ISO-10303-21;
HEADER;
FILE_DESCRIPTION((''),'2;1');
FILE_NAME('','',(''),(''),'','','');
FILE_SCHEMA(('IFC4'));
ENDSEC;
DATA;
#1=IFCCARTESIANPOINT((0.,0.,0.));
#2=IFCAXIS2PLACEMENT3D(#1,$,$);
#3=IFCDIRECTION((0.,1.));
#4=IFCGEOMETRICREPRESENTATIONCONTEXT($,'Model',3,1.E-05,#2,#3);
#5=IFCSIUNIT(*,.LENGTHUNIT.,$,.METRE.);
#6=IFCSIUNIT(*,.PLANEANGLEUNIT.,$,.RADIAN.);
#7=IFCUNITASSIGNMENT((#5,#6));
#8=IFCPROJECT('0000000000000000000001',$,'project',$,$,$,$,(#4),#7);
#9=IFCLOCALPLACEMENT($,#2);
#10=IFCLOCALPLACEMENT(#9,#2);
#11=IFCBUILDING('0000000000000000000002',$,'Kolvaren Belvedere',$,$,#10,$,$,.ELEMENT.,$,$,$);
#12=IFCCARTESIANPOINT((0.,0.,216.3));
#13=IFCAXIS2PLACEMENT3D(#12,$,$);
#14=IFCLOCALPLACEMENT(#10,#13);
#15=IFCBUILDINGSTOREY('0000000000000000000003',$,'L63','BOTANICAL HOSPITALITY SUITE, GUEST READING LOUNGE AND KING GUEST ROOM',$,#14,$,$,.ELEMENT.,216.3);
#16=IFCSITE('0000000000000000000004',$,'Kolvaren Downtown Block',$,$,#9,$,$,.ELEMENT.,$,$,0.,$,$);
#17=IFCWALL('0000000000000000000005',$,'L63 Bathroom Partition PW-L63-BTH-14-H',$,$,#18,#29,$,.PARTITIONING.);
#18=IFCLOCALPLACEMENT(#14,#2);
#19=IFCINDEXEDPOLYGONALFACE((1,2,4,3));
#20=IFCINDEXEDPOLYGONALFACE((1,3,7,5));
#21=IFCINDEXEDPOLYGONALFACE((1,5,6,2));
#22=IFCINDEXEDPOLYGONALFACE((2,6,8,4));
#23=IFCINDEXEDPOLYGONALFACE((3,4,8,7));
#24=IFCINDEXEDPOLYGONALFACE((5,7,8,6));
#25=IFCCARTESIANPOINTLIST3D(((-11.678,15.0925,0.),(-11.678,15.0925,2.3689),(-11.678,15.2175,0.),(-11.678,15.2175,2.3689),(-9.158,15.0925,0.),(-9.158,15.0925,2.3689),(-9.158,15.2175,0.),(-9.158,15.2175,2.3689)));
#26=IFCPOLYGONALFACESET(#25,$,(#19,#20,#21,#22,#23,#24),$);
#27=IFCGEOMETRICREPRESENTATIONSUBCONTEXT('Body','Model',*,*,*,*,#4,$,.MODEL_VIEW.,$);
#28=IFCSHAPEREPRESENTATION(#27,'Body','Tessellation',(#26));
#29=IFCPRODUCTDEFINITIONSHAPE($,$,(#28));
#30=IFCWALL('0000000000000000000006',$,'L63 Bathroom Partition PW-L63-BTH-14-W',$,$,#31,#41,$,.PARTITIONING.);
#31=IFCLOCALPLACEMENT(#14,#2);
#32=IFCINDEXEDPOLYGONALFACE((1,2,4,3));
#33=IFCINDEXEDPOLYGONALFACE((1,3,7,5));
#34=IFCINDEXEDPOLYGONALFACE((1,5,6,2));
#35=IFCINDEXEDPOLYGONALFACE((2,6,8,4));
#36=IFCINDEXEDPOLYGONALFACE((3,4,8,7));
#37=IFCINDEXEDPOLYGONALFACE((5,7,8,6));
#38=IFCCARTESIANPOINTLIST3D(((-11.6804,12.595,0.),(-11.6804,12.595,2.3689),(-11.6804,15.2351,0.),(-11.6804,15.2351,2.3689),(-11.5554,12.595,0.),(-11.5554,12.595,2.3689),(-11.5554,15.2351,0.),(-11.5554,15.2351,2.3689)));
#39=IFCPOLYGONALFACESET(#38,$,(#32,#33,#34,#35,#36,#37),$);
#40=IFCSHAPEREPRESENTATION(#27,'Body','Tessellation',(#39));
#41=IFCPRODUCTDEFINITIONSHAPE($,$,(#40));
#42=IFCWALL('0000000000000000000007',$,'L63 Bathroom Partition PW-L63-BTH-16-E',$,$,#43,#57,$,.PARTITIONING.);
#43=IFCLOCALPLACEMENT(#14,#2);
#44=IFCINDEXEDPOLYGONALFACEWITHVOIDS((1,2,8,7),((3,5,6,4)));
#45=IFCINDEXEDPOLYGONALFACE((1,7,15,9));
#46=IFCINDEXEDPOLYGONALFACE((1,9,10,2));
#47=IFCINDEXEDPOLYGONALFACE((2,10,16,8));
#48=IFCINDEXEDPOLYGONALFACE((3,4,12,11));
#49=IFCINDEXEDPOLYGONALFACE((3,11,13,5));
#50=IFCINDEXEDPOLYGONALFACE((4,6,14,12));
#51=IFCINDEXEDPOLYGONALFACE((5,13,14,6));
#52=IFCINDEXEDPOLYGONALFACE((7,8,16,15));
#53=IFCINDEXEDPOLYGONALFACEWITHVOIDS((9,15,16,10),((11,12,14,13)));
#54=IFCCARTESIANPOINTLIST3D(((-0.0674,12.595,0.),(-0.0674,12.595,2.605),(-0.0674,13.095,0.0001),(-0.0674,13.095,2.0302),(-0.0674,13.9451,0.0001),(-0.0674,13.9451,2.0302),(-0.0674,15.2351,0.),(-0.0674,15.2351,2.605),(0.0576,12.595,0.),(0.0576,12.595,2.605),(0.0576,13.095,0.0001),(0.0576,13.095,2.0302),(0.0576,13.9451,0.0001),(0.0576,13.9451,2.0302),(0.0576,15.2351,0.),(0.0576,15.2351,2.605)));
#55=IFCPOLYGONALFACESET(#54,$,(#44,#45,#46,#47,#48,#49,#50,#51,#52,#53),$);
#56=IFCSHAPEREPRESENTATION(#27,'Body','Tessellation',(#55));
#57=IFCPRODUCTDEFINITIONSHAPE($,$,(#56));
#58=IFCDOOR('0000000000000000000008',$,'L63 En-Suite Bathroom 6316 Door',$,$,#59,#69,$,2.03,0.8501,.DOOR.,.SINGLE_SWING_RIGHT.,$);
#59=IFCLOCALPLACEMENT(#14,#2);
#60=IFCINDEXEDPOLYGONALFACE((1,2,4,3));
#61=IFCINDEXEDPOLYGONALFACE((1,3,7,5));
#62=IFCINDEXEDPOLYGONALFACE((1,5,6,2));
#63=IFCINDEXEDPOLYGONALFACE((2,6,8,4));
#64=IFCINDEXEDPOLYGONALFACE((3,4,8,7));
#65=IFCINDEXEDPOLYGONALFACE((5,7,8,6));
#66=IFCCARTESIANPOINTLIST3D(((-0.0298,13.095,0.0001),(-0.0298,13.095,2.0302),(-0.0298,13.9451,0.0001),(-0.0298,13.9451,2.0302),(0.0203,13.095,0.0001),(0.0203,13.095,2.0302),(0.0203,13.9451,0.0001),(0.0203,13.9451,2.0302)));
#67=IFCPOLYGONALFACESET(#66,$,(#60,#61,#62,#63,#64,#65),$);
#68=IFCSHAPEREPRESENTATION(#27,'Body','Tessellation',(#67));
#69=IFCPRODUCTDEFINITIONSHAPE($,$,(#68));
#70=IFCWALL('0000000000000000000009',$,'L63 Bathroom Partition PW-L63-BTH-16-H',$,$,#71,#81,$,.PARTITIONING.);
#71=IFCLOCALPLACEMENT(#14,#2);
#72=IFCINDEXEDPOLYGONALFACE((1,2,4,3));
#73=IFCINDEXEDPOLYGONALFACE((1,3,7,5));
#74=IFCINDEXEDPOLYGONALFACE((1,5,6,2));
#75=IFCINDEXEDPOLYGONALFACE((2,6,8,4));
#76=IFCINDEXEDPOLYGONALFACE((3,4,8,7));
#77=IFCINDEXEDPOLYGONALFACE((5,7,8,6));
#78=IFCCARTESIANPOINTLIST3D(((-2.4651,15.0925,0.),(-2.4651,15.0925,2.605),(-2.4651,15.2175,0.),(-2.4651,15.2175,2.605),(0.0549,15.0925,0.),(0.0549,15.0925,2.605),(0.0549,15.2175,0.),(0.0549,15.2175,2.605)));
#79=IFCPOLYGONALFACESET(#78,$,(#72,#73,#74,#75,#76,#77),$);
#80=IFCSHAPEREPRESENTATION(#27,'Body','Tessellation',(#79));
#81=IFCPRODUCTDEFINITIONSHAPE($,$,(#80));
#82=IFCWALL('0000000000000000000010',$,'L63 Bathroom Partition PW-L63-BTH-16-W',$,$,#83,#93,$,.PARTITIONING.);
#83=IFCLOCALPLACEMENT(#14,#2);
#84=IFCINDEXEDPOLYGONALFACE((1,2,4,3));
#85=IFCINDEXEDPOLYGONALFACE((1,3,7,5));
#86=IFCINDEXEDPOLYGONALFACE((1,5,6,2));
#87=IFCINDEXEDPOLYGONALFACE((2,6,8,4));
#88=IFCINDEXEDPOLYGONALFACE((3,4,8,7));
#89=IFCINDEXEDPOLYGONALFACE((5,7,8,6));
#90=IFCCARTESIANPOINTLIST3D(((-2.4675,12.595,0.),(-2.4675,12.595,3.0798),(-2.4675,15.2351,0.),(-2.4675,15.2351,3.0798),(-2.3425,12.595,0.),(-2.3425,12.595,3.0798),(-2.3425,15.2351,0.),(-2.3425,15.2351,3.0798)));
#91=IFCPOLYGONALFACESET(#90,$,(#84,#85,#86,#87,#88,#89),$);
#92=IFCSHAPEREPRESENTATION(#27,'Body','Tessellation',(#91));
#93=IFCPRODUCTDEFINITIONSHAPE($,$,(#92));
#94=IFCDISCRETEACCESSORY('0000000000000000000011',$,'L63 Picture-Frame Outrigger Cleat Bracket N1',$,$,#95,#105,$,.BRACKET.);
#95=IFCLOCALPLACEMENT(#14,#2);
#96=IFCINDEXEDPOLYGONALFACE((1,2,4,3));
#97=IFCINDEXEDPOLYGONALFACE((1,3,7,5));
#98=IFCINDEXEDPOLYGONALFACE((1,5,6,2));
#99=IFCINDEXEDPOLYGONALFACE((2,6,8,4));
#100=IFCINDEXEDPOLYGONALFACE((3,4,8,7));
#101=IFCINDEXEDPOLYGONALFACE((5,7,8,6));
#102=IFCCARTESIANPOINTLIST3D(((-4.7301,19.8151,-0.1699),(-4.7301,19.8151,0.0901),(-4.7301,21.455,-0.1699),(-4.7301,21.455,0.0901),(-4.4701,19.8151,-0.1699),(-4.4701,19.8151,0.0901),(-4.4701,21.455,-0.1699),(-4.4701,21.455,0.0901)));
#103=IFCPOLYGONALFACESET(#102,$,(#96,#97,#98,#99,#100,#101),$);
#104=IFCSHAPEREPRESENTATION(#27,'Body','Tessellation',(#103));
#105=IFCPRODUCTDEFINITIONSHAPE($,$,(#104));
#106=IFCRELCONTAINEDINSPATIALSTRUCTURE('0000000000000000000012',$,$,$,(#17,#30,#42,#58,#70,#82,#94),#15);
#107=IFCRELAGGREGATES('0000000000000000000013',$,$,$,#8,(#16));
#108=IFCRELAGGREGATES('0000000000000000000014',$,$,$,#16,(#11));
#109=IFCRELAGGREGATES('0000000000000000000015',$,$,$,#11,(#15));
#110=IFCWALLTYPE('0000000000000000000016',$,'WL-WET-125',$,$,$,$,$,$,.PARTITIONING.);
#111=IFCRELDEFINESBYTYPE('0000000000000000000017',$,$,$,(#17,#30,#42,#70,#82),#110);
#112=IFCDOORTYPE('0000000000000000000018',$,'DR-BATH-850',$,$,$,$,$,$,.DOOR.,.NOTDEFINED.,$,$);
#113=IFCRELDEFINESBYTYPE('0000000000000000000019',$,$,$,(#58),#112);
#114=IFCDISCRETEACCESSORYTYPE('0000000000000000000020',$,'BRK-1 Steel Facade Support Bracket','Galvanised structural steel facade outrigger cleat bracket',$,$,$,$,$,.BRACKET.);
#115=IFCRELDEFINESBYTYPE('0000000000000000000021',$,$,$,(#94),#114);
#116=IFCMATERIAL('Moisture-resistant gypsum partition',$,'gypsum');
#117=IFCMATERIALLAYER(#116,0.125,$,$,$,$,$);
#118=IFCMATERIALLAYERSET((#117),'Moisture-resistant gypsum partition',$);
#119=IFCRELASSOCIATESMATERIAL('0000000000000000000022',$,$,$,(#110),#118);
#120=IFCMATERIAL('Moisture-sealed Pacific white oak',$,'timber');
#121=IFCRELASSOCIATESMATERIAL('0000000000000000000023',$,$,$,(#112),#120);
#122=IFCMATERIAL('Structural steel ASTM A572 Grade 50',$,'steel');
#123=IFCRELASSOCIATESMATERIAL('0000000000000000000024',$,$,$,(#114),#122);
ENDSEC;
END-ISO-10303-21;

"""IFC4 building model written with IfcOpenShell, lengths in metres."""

from ifc_helpers import new_model, si_unit, direction, frame, frame_2d, origin, origin_2d, place, context, subcontext, project, spatial, rectangle, extrude, material, layer, layer_set, type_object, element, fill, save


model = new_model("IFC4")

# Units and contexts
model_context = context("Model", 3, precision=1e-05, world=origin(), true_north=direction((0.0, 1.0)))
body_context = subcontext(model_context, "Body", "Model", "MODEL_VIEW")
ifc_project = project(units=[si_unit("LENGTHUNIT", "METRE"), si_unit("PLANEANGLEUNIT", "RADIAN")], contexts=[model_context])

# Site, building, storey
site_placement = place(None, origin())
site = spatial("IfcSite", under=ifc_project, at=site_placement, Name="Kolvaren Downtown Block", CompositionType="ELEMENT", RefElevation=0.0)
building_placement = place(site_placement, origin())
building = spatial("IfcBuilding", under=site, at=building_placement, Name="Kolvaren Belvedere", CompositionType="ELEMENT")
storey_placement = place(building_placement, frame((0.0, 0.0, 216.3)))
storey = spatial("IfcBuildingStorey", under=building, at=storey_placement, Name="L63", Description="BOTANICAL HOSPITALITY SUITE, GUEST READING LOUNGE AND KING GUEST ROOM", CompositionType="ELEMENT", Elevation=216.3)

# Shared definitions
ifc_material_1 = material(Name="Moisture-resistant gypsum partition", Category="gypsum")
ifc_layer_1 = layer(ifc_material_1, 0.125)
ifc_layer_set_1 = layer_set([ifc_layer_1], Name="Moisture-resistant gypsum partition")
wall_type_1 = type_object("IfcWallType", Name="WL-WET-125", PredefinedType="PARTITIONING", material=ifc_layer_set_1)
ifc_material_2 = material(Name="Moisture-sealed Pacific white oak", Category="timber")
door_type_1 = type_object("IfcDoorType", Name="DR-BATH-850", OperationType="NOTDEFINED", PredefinedType="DOOR", material=ifc_material_2)

# Walls
wall_1_placement = place(storey_placement, frame((-11.678, 15.155, 0.0), z_axis=(0.0, 0.0, 1.0), x_axis=(1.0, 0.0, 0.0)))
element("IfcWall", 1, at=wall_1_placement, inside=storey, type_object=wall_type_1, Name="L63 Bathroom Partition PW-L63-BTH-14-H", PredefinedType="PARTITIONING", context=body_context, shape_type="SweptSolid", body=[
    extrude(rectangle(XDim=2.52, YDim=0.125, at=frame_2d((1.26, 0.0))), origin(), (0.0, 0.0, 1.0), 2.3689),
])
wall_2_placement = place(storey_placement, frame((-11.6179, 12.595, 0.0), z_axis=(0.0, 0.0, 1.0), x_axis=(0.0, 1.0, 0.0)))
element("IfcWall", 2, at=wall_2_placement, inside=storey, type_object=wall_type_1, Name="L63 Bathroom Partition PW-L63-BTH-14-W", PredefinedType="PARTITIONING", context=body_context, shape_type="SweptSolid", body=[
    extrude(rectangle(XDim=2.6401, YDim=0.125, at=frame_2d((1.3201, 0.0))), origin(), (0.0, 0.0, 1.0), 2.3689),
])

# Wall, opening, door
wall_3_placement = place(storey_placement, frame((-0.0049, 12.595, 0.0), z_axis=(0.0, 0.0, 1.0), x_axis=(0.0, 1.0, 0.0)))
wall_3 = element("IfcWall", 3, at=wall_3_placement, inside=storey, type_object=wall_type_1, Name="L63 Bathroom Partition PW-L63-BTH-16-E", PredefinedType="PARTITIONING", context=body_context, shape_type="SweptSolid", body=[
    extrude(rectangle(XDim=2.6401, YDim=0.125, at=frame_2d((1.3201, 0.0))), origin(), (0.0, 0.0, 1.0), 2.605),
])
opening_1_placement = place(wall_3_placement, frame((0.5, 0.0, 0.0)))
opening_1 = element("IfcOpeningElement", 4, at=opening_1_placement, cuts=wall_3, PredefinedType="OPENING", context=body_context, shape_type="SweptSolid", body=[
    extrude(rectangle(XDim=0.8501, YDim=2.03, at=frame_2d((0.425, 1.0151))), frame((0.0, 0.0725, 0.0), z_axis=(0.0, -1.0, 0.0), x_axis=(1.0, 0.0, 0.0)), (0.0, 0.0, 1.0), 0.145),
])
door_1_placement = place(opening_1_placement, origin())
door_1 = element("IfcDoor", 5, at=door_1_placement, inside=storey, type_object=door_type_1, Name="L63 En-Suite Bathroom 6316 Door", OperationType="SINGLE_SWING_RIGHT", OverallHeight=2.03, OverallWidth=0.8501, PredefinedType="DOOR", context=body_context, shape_type="SweptSolid", body=[
    extrude(rectangle(XDim=0.8501, YDim=2.03, at=frame_2d((0.425, 1.0151))), frame((0.0, 0.0249, 0.0), z_axis=(0.0, -1.0, 0.0), x_axis=(1.0, 0.0, 0.0)), (0.0, 0.0, 1.0), 0.05),
])
fill(opening_1, door_1)

# Walls
wall_4_placement = place(storey_placement, frame((-2.4651, 15.155, 0.0), z_axis=(0.0, 0.0, 1.0), x_axis=(1.0, 0.0, 0.0)))
element("IfcWall", 6, at=wall_4_placement, inside=storey, type_object=wall_type_1, Name="L63 Bathroom Partition PW-L63-BTH-16-H", PredefinedType="PARTITIONING", context=body_context, shape_type="SweptSolid", body=[
    extrude(rectangle(XDim=2.52, YDim=0.125, at=frame_2d((1.26, 0.0))), origin(), (0.0, 0.0, 1.0), 2.605),
])
wall_5_placement = place(storey_placement, frame((-2.405, 12.595, 0.0), z_axis=(0.0, 0.0, 1.0), x_axis=(0.0, 1.0, 0.0)))
element("IfcWall", 7, at=wall_5_placement, inside=storey, type_object=wall_type_1, Name="L63 Bathroom Partition PW-L63-BTH-16-W", PredefinedType="PARTITIONING", context=body_context, shape_type="SweptSolid", body=[
    extrude(rectangle(XDim=2.6401, YDim=0.125, at=frame_2d((1.3201, 0.0))), origin(), (0.0, 0.0, 1.0), 3.0798),
])

# Discrete accessory
ifc_material_3 = material(Name="Structural steel ASTM A572 Grade 50", Category="steel")
discrete_accessory_type = type_object("IfcDiscreteAccessoryType", Name="BRK-1 Steel Facade Support Bracket", Description="Galvanised structural steel facade outrigger cleat bracket", PredefinedType="BRACKET", material=ifc_material_3)
discrete_accessory_placement = place(storey_placement, frame((-4.6001, 20.635, -0.1699), z_axis=(0.0, 0.0, 1.0), x_axis=(0.0, 1.0, 0.0)))
element("IfcDiscreteAccessory", 8, at=discrete_accessory_placement, inside=storey, type_object=discrete_accessory_type, Name="L63 Picture-Frame Outrigger Cleat Bracket N1", PredefinedType="BRACKET", context=body_context, shape_type="SweptSolid", body=[
    extrude(rectangle(XDim=1.6399, YDim=0.26, at=origin_2d()), origin(), (0.0, 0.0, 1.0), 0.26),
])

save(model, "model.ifc")
